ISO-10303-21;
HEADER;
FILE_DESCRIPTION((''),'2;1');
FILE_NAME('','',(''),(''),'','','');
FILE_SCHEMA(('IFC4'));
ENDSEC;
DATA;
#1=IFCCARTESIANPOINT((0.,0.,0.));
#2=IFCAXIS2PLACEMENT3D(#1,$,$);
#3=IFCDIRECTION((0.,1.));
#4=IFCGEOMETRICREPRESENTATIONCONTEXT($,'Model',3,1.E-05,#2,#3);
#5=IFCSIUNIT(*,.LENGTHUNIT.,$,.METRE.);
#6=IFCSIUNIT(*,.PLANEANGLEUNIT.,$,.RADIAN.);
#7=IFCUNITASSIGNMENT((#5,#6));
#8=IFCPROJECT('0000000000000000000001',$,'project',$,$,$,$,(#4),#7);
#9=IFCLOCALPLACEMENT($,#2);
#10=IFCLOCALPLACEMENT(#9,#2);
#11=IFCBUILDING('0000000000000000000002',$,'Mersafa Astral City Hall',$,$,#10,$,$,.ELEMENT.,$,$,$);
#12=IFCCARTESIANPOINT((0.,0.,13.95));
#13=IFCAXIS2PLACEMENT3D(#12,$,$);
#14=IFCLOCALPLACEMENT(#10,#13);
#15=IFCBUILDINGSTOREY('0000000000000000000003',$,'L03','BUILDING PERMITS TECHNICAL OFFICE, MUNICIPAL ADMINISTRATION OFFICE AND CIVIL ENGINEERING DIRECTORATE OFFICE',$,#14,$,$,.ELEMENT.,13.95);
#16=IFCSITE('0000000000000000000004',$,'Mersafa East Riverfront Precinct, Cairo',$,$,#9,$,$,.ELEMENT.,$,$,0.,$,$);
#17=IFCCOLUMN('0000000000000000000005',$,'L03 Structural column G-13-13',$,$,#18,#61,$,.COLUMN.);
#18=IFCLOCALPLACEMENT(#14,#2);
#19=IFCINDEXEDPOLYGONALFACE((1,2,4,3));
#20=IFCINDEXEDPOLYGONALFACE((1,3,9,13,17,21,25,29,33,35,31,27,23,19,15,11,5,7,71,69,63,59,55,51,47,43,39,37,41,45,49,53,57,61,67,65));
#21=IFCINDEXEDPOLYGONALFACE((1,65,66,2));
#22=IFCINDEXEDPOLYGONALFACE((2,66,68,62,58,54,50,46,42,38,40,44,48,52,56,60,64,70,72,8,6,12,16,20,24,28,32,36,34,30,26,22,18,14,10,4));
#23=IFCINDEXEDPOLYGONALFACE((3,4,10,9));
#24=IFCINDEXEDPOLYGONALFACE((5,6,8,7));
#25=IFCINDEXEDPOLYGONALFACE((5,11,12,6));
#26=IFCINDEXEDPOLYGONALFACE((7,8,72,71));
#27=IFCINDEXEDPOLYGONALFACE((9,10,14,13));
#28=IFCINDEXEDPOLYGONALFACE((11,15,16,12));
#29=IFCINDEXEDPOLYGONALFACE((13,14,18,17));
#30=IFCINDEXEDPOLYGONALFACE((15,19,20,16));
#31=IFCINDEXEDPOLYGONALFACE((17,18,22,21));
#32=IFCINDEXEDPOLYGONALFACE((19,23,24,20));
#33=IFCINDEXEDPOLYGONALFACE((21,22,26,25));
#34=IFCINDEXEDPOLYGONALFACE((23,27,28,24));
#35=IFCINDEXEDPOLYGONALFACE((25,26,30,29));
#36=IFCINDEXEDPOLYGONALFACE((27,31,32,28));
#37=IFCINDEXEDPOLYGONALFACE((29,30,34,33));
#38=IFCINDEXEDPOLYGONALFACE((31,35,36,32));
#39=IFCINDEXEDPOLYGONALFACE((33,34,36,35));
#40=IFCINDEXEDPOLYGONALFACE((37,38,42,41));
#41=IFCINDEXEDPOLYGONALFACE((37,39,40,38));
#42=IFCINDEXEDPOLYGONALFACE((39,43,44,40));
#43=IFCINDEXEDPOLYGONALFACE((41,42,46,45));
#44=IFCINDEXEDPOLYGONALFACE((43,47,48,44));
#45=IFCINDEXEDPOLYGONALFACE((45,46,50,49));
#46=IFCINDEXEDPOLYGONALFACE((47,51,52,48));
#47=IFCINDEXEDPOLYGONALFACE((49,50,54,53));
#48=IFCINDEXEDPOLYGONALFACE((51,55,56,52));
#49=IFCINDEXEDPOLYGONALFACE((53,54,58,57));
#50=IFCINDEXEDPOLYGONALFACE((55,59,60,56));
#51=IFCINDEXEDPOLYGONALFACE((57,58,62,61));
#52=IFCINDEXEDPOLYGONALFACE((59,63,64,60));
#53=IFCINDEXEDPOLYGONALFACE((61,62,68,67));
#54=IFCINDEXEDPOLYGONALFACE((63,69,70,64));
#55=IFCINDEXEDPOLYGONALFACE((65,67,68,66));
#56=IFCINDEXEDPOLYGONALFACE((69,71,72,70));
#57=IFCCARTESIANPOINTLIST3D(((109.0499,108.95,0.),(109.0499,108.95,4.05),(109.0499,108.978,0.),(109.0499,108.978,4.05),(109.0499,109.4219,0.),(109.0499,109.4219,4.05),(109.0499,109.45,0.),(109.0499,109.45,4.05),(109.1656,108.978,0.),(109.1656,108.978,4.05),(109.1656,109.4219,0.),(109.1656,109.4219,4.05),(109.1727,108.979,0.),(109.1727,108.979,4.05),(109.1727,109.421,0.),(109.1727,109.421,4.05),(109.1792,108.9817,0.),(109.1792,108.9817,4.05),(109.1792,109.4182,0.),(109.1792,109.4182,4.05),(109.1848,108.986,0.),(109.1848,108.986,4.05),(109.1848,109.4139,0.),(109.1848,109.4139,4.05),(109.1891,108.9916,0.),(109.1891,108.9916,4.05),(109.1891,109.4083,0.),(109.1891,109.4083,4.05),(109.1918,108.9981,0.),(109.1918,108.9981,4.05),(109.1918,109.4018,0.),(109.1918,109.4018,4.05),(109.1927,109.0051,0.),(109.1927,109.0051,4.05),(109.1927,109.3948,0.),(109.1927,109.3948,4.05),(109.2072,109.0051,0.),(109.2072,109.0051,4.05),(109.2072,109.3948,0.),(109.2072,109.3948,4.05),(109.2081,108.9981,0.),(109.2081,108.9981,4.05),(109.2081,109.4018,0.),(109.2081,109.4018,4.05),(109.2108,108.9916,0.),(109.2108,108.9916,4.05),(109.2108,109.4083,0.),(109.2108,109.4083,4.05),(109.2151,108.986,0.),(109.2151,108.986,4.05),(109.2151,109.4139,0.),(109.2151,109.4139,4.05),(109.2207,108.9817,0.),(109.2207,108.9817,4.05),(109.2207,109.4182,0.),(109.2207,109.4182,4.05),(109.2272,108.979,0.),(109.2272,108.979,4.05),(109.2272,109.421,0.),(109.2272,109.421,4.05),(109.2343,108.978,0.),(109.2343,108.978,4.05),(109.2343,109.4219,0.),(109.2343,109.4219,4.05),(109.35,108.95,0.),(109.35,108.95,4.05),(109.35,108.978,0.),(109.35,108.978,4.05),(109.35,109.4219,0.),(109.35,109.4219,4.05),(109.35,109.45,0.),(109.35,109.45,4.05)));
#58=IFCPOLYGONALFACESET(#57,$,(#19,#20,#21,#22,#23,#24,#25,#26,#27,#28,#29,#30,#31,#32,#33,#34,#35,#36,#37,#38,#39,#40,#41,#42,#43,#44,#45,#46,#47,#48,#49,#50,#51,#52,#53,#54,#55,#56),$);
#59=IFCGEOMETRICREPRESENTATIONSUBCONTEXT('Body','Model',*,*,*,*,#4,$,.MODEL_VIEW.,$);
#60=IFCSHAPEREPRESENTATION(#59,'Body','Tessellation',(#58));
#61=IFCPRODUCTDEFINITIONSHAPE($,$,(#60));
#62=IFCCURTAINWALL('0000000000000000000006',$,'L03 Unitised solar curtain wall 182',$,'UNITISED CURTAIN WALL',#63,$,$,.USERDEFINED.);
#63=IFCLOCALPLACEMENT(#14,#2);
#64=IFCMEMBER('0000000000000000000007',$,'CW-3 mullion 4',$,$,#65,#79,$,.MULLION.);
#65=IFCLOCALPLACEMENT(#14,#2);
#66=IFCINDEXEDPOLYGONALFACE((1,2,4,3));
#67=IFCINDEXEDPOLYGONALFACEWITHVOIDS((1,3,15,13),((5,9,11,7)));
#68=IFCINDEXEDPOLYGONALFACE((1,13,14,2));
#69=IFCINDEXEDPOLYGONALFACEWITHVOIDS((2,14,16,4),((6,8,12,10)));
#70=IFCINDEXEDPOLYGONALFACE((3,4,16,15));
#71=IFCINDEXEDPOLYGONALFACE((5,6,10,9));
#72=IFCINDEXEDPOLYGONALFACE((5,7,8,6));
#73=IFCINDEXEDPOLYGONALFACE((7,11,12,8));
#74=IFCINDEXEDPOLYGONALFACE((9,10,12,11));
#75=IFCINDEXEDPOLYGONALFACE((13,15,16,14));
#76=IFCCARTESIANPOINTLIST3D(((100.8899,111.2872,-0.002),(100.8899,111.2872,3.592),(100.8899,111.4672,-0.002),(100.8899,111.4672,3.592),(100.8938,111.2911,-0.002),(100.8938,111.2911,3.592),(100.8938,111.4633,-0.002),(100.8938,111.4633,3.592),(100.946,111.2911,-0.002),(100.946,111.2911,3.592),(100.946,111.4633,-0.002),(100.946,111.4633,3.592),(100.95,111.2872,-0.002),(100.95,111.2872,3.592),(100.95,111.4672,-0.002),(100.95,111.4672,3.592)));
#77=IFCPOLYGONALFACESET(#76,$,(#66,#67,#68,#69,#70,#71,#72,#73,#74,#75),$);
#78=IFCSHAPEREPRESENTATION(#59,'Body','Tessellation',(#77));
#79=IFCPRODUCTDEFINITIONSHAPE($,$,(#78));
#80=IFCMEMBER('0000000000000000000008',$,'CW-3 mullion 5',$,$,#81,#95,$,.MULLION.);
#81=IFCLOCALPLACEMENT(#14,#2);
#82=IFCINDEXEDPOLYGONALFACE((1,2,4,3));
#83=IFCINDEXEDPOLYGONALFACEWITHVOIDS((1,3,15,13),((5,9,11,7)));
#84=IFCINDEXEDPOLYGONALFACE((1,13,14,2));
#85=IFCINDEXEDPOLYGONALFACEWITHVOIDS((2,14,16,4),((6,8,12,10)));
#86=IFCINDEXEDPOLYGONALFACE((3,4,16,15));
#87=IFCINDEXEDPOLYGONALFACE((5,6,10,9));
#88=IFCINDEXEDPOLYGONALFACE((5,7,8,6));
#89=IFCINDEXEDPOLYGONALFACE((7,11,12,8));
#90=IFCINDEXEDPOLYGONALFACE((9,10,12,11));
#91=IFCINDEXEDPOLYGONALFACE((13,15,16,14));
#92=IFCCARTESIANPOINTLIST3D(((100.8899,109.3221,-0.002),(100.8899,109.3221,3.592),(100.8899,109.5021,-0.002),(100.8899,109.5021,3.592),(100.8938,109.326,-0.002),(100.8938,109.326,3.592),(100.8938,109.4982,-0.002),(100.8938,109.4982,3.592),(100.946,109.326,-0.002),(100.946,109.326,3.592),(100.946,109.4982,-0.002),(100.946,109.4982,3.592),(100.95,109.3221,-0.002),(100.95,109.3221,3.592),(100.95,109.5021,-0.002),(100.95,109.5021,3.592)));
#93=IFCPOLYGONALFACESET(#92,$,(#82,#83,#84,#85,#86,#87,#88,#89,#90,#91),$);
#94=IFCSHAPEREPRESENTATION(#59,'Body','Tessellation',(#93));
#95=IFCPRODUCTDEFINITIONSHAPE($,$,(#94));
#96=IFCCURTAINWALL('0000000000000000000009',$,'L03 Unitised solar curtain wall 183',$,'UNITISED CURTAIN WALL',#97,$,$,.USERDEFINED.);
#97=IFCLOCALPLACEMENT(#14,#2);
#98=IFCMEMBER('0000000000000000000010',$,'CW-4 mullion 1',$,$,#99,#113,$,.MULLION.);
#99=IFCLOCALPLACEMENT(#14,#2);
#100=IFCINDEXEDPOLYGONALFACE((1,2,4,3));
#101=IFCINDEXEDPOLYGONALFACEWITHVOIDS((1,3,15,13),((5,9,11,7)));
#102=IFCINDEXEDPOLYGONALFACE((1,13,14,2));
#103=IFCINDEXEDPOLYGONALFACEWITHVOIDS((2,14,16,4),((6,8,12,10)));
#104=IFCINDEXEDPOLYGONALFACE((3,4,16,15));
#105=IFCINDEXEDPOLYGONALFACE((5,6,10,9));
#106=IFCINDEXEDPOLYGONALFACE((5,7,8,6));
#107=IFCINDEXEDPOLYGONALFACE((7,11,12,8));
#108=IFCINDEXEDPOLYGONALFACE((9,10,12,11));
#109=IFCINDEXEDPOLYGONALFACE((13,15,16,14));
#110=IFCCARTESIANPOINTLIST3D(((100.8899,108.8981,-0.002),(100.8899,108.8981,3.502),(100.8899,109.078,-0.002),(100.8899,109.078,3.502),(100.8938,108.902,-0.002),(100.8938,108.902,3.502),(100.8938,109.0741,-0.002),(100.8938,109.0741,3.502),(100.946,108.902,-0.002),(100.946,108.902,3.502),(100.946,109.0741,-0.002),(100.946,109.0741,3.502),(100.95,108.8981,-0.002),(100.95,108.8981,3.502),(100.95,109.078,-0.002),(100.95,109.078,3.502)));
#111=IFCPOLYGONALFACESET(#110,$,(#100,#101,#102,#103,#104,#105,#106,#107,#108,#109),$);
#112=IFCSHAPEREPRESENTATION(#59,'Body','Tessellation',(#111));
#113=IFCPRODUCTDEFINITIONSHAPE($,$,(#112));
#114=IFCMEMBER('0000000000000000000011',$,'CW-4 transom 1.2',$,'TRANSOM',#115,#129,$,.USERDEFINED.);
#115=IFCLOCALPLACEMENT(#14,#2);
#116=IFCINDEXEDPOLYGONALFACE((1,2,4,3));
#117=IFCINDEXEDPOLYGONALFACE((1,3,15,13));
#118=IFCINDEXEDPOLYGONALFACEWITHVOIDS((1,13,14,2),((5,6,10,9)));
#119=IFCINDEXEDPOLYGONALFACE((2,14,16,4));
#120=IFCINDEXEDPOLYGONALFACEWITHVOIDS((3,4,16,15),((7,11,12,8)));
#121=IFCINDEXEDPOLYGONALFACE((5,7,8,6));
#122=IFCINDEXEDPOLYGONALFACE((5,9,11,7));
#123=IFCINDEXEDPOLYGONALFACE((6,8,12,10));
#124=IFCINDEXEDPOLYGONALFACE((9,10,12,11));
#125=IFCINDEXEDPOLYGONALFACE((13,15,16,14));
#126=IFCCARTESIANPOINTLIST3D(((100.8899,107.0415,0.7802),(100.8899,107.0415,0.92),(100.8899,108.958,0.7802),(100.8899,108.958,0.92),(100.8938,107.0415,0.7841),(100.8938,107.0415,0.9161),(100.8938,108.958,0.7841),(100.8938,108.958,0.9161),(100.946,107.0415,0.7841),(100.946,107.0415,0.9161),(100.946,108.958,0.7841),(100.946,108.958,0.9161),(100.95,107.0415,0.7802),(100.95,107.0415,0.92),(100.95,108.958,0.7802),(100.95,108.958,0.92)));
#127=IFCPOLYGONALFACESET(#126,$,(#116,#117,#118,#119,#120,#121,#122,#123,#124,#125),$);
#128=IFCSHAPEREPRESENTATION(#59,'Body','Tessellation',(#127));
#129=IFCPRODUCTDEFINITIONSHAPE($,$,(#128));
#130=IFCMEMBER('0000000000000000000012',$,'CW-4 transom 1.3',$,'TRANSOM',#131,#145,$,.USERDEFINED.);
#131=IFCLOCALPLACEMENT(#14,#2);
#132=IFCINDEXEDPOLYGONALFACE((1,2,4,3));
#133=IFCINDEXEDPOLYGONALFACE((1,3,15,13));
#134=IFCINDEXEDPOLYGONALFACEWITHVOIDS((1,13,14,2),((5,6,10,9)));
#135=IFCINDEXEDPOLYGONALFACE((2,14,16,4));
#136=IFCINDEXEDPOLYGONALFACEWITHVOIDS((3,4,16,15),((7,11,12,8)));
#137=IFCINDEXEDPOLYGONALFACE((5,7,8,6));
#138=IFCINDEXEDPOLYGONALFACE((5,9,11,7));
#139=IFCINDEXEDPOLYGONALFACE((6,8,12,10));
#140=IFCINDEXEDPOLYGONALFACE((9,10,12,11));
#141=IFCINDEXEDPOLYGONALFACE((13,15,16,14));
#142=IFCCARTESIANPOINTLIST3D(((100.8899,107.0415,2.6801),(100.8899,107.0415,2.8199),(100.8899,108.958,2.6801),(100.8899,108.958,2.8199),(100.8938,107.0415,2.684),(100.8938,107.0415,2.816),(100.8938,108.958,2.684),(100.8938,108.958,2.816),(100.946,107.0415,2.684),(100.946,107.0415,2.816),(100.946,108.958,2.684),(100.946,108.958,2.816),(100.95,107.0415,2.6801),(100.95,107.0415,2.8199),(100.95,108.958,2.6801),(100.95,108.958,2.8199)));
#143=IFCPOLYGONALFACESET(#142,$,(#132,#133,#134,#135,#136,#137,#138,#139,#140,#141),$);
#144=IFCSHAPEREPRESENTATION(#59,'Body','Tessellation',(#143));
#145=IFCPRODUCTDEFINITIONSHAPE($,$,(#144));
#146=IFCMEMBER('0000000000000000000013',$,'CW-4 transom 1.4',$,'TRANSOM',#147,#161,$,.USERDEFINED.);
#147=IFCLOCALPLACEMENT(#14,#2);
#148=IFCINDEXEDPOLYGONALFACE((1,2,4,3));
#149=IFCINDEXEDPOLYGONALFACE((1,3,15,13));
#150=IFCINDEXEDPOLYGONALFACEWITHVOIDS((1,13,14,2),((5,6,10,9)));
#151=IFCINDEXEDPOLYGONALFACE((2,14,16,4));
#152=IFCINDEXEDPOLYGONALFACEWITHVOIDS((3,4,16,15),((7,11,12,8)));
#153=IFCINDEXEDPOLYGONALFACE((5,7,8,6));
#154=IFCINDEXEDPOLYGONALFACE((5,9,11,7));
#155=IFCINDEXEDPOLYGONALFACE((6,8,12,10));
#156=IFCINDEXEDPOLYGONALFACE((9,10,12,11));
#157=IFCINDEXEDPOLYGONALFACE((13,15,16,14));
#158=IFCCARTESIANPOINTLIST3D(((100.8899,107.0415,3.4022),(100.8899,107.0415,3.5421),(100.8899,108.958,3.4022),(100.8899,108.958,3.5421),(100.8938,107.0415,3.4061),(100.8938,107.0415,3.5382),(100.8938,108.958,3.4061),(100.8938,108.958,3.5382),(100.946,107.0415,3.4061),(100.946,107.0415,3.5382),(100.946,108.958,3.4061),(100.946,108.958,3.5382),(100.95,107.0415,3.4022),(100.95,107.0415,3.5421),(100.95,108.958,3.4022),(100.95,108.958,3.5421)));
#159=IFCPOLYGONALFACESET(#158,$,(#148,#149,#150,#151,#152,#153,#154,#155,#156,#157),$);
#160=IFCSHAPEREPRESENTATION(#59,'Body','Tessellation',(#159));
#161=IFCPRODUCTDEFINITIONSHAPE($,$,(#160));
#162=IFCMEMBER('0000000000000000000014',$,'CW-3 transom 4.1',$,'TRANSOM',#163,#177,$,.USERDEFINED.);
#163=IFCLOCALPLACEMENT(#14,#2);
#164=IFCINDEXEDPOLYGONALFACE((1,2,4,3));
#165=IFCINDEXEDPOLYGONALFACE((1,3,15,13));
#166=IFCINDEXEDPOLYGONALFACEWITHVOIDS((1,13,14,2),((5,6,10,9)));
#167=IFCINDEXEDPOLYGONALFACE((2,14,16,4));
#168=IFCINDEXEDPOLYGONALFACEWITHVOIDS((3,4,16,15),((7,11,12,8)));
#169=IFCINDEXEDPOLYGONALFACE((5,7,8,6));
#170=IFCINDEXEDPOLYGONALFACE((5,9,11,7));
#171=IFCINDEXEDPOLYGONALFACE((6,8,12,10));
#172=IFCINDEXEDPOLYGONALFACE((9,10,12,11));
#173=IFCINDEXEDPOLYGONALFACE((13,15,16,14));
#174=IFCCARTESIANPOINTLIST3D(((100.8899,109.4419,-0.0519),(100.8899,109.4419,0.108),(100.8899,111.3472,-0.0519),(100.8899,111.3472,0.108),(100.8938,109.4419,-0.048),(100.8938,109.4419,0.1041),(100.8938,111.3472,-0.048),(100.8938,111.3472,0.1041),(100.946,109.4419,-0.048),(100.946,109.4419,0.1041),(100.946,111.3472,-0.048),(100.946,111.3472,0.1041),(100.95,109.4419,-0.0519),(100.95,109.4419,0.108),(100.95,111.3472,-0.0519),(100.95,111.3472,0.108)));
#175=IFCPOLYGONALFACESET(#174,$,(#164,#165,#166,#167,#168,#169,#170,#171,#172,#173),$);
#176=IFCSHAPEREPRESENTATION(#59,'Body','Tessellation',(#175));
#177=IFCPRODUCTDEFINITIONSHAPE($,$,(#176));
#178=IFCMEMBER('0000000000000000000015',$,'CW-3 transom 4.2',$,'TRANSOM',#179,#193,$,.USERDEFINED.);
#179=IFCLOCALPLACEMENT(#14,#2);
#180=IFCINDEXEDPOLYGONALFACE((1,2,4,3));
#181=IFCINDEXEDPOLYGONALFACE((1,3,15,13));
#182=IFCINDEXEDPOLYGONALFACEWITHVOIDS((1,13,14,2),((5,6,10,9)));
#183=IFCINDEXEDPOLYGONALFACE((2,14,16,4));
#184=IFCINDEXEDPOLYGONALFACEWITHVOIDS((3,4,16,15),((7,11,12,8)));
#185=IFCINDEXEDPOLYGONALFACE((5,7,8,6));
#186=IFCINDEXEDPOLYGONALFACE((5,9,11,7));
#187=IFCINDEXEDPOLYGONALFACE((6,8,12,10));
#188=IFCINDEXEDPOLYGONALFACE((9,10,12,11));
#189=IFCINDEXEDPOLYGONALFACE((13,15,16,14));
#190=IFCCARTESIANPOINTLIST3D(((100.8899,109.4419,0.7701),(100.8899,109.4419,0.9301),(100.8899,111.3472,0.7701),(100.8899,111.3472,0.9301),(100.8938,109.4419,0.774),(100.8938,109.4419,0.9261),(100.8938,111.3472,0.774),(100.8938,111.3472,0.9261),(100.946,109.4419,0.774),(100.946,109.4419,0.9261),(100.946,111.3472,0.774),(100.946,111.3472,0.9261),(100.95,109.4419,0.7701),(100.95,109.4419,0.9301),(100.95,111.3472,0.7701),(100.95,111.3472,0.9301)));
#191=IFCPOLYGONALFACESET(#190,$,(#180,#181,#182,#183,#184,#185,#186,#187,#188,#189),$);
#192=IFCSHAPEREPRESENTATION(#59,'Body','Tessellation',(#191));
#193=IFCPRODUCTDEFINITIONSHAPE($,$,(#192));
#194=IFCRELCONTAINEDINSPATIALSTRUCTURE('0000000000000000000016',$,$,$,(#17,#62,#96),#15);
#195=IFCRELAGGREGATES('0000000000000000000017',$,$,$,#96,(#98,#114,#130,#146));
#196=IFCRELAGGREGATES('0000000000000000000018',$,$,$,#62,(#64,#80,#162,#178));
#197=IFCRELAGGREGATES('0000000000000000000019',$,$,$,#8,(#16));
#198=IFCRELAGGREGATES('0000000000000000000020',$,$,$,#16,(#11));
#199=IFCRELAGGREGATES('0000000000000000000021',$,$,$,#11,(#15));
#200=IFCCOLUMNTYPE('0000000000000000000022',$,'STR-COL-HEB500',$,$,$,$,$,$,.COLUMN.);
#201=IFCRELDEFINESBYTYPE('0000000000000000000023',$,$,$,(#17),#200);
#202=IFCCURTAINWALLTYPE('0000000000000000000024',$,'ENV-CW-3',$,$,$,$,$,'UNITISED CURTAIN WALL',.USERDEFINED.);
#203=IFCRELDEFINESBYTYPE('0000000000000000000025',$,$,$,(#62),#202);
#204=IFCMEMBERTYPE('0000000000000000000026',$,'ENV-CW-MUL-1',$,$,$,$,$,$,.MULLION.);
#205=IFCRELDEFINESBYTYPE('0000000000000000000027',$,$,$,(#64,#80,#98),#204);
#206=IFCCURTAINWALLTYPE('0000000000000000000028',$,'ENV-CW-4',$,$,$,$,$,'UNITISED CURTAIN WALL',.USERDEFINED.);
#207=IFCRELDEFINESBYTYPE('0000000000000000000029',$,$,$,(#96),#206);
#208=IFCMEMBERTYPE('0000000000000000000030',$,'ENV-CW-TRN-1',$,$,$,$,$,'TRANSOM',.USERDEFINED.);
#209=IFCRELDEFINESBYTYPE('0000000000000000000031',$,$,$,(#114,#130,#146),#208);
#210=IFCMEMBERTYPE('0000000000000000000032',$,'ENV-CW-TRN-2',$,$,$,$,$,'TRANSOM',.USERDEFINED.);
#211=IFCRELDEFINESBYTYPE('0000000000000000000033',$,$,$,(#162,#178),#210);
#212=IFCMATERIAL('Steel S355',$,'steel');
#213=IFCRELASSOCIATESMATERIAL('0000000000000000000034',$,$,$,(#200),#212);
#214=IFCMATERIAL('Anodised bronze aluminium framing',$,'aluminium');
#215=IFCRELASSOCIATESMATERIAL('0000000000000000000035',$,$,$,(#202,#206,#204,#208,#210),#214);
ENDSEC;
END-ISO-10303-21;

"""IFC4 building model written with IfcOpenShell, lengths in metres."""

from ifc_helpers import new_model, si_unit, direction, frame, origin, origin_2d, place, context, subcontext, project, spatial, hollow_rectangle, i_section, extrude, material, material_profile, profile_set, type_object, element, aggregate, save


model = new_model("IFC4")

# Units and contexts
model_context = context("Model", 3, precision=1e-05, world=origin(), true_north=direction((0.0, 1.0)))
body_context = subcontext(model_context, "Body", "Model", "MODEL_VIEW")
ifc_project = project(units=[si_unit("LENGTHUNIT", "METRE"), si_unit("PLANEANGLEUNIT", "RADIAN")], contexts=[model_context])

# Site, building, storey
site_placement = place(None, origin())
site = spatial("IfcSite", under=ifc_project, at=site_placement, Name="Mersafa East Riverfront Precinct, Cairo", CompositionType="ELEMENT", RefElevation=0.0)
building_placement = place(site_placement, origin())
building = spatial("IfcBuilding", under=site, at=building_placement, Name="Mersafa Astral City Hall", CompositionType="ELEMENT")
storey_placement = place(building_placement, frame((0.0, 0.0, 13.95)))
storey = spatial("IfcBuildingStorey", under=building, at=storey_placement, Name="L03", Description="BUILDING PERMITS TECHNICAL OFFICE, MUNICIPAL ADMINISTRATION OFFICE AND CIVIL ENGINEERING DIRECTORATE OFFICE", CompositionType="ELEMENT", Elevation=13.95)

# Column
ifc_material_1 = material(Name="Steel S355", Category="steel")
ifc_material_profile_1 = material_profile(ifc_material_1, i_section(OverallWidth=0.3, OverallDepth=0.5, WebThickness=0.0144, FlangeThickness=0.0281, FilletRadius=0.0271, at=origin_2d()), Name="HEB 500")
ifc_profile_set_1 = profile_set([ifc_material_profile_1], Name="Steel S355")
column_type = type_object("IfcColumnType", Name="STR-COL-HEB500", PredefinedType="COLUMN", material=ifc_profile_set_1)
column_placement = place(storey_placement, frame((109.2, 109.2, 0.0), z_axis=(0.0, 0.0, 1.0), x_axis=(1.0, 0.0, 0.0)))
element("IfcColumn", 1, at=column_placement, inside=storey, type_object=column_type, Name="L03 Structural column G-13-13", PredefinedType="COLUMN", context=body_context, shape_type="SweptSolid", body=[
    extrude(i_section(OverallWidth=0.3, OverallDepth=0.5, WebThickness=0.0144, FlangeThickness=0.0281, FilletRadius=0.0271, at=origin_2d()), origin(), (0.0, 0.0, 1.0), 4.05),
])

# Curtain walls, members
ifc_material_2 = material(Name="Anodised bronze aluminium framing", Category="aluminium")
curtain_wall_type_1 = type_object("IfcCurtainWallType", Name="ENV-CW-3", ElementType="UNITISED CURTAIN WALL", PredefinedType="USERDEFINED", material=ifc_material_2)
curtain_wall_1_placement = place(storey_placement, origin())
curtain_wall_1 = element("IfcCurtainWall", 2, at=curtain_wall_1_placement, inside=storey, type_object=curtain_wall_type_1, Name="L03 Unitised solar curtain wall 182", ObjectType="UNITISED CURTAIN WALL", PredefinedType="USERDEFINED")
ifc_material_profile_2 = material_profile(ifc_material_2, hollow_rectangle(XDim=0.0601, YDim=0.1799, WallThickness=0.0039, at=origin_2d()), Name="RHS 60x180x4")
ifc_profile_set_2 = profile_set([ifc_material_profile_2], Name="Anodised bronze aluminium framing")
member_type_1 = type_object("IfcMemberType", Name="ENV-CW-MUL-1", PredefinedType="MULLION", material=ifc_profile_set_2)
member_1_placement = place(storey_placement, frame((100.9199, 111.3772, -0.002), z_axis=(0.0, 0.0, 1.0), x_axis=(1.0, 0.0, 0.0)))
member_1 = element("IfcMember", 3, at=member_1_placement, type_object=member_type_1, Name="CW-3 mullion 4", PredefinedType="MULLION", context=body_context, shape_type="SweptSolid", body=[
    extrude(hollow_rectangle(XDim=0.0601, YDim=0.1799, WallThickness=0.0039, at=origin_2d()), origin(), (0.0, 0.0, 1.0), 3.594),
])
member_2_placement = place(storey_placement, frame((100.9199, 109.4121, -0.002), z_axis=(0.0, 0.0, 1.0), x_axis=(1.0, 0.0, 0.0)))
member_2 = element("IfcMember", 4, at=member_2_placement, type_object=member_type_1, Name="CW-3 mullion 5", PredefinedType="MULLION", context=body_context, shape_type="SweptSolid", body=[
    extrude(hollow_rectangle(XDim=0.0601, YDim=0.1799, WallThickness=0.0039, at=origin_2d()), origin(), (0.0, 0.0, 1.0), 3.594),
])
curtain_wall_type_2 = type_object("IfcCurtainWallType", Name="ENV-CW-4", ElementType="UNITISED CURTAIN WALL", PredefinedType="USERDEFINED", material=ifc_material_2)
curtain_wall_2_placement = place(storey_placement, origin())
curtain_wall_2 = element("IfcCurtainWall", 5, at=curtain_wall_2_placement, inside=storey, type_object=curtain_wall_type_2, Name="L03 Unitised solar curtain wall 183", ObjectType="UNITISED CURTAIN WALL", PredefinedType="USERDEFINED")
member_3_placement = place(storey_placement, frame((100.9199, 108.988, -0.002), z_axis=(0.0, 0.0, 1.0), x_axis=(1.0, 0.0, 0.0)))
member_3 = element("IfcMember", 6, at=member_3_placement, type_object=member_type_1, Name="CW-4 mullion 1", PredefinedType="MULLION", context=body_context, shape_type="SweptSolid", body=[
    extrude(hollow_rectangle(XDim=0.0601, YDim=0.1799, WallThickness=0.0039, at=origin_2d()), origin(), (0.0, 0.0, 1.0), 3.5039),
])
ifc_material_profile_3 = material_profile(ifc_material_2, hollow_rectangle(XDim=0.0601, YDim=0.1399, WallThickness=0.0039, at=origin_2d()), Name="RHS 60x140x4")
ifc_profile_set_3 = profile_set([ifc_material_profile_3], Name="Anodised bronze aluminium framing")
member_type_2 = type_object("IfcMemberType", Name="ENV-CW-TRN-1", ElementType="TRANSOM", PredefinedType="USERDEFINED", material=ifc_profile_set_3)
member_4_placement = place(storey_placement, frame((100.9199, 108.958, 0.8501), z_axis=(0.0, -1.0, 0.0), x_axis=(1.0, 0.0, 0.0)))
member_4 = element("IfcMember", 7, at=member_4_placement, type_object=member_type_2, Name="CW-4 transom 1.2", ObjectType="TRANSOM", PredefinedType="USERDEFINED", context=body_context, shape_type="SweptSolid", body=[
    extrude(hollow_rectangle(XDim=0.0601, YDim=0.1399, WallThickness=0.0039, at=origin_2d()), origin(), (0.0, 0.0, 1.0), 1.9165),
])
member_5_placement = place(storey_placement, frame((100.9199, 108.958, 2.75), z_axis=(0.0, -1.0, 0.0), x_axis=(1.0, 0.0, 0.0)))
member_5 = element("IfcMember", 8, at=member_5_placement, type_object=member_type_2, Name="CW-4 transom 1.3", ObjectType="TRANSOM", PredefinedType="USERDEFINED", context=body_context, shape_type="SweptSolid", body=[
    extrude(hollow_rectangle(XDim=0.0601, YDim=0.1399, WallThickness=0.0039, at=origin_2d()), origin(), (0.0, 0.0, 1.0), 1.9165),
])
member_6_placement = place(storey_placement, frame((100.9199, 108.958, 3.4722), z_axis=(0.0, -1.0, 0.0), x_axis=(1.0, 0.0, 0.0)))
member_6 = element("IfcMember", 9, at=member_6_placement, type_object=member_type_2, Name="CW-4 transom 1.4", ObjectType="TRANSOM", PredefinedType="USERDEFINED", context=body_context, shape_type="SweptSolid", body=[
    extrude(hollow_rectangle(XDim=0.0601, YDim=0.1399, WallThickness=0.0039, at=origin_2d()), origin(), (0.0, 0.0, 1.0), 1.9165),
])
aggregate(curtain_wall_2, [member_3, member_4, member_5, member_6])

# Members
ifc_material_profile_4 = material_profile(ifc_material_2, hollow_rectangle(XDim=0.0601, YDim=0.1599, WallThickness=0.0039, at=origin_2d()), Name="RHS 60x160x4")
ifc_profile_set_4 = profile_set([ifc_material_profile_4], Name="Anodised bronze aluminium framing")
member_type_3 = type_object("IfcMemberType", Name="ENV-CW-TRN-2", ElementType="TRANSOM", PredefinedType="USERDEFINED", material=ifc_profile_set_4)
member_7_placement = place(storey_placement, frame((100.9199, 111.3472, 0.0281), z_axis=(0.0, -1.0, 0.0), x_axis=(1.0, 0.0, 0.0)))
member_7 = element("IfcMember", 10, at=member_7_placement, type_object=member_type_3, Name="CW-3 transom 4.1", ObjectType="TRANSOM", PredefinedType="USERDEFINED", context=body_context, shape_type="SweptSolid", body=[
    extrude(hollow_rectangle(XDim=0.0601, YDim=0.1599, WallThickness=0.0039, at=origin_2d()), origin(), (0.0, 0.0, 1.0), 1.9053),
])
member_8_placement = place(storey_placement, frame((100.9199, 111.3472, 0.8501), z_axis=(0.0, -1.0, 0.0), x_axis=(1.0, 0.0, 0.0)))
member_8 = element("IfcMember", 11, at=member_8_placement, type_object=member_type_3, Name="CW-3 transom 4.2", ObjectType="TRANSOM", PredefinedType="USERDEFINED", context=body_context, shape_type="SweptSolid", body=[
    extrude(hollow_rectangle(XDim=0.0601, YDim=0.1599, WallThickness=0.0039, at=origin_2d()), origin(), (0.0, 0.0, 1.0), 1.9053),
])

aggregate(curtain_wall_1, [member_1, member_2, member_7, member_8])

save(model, "model.ifc")
